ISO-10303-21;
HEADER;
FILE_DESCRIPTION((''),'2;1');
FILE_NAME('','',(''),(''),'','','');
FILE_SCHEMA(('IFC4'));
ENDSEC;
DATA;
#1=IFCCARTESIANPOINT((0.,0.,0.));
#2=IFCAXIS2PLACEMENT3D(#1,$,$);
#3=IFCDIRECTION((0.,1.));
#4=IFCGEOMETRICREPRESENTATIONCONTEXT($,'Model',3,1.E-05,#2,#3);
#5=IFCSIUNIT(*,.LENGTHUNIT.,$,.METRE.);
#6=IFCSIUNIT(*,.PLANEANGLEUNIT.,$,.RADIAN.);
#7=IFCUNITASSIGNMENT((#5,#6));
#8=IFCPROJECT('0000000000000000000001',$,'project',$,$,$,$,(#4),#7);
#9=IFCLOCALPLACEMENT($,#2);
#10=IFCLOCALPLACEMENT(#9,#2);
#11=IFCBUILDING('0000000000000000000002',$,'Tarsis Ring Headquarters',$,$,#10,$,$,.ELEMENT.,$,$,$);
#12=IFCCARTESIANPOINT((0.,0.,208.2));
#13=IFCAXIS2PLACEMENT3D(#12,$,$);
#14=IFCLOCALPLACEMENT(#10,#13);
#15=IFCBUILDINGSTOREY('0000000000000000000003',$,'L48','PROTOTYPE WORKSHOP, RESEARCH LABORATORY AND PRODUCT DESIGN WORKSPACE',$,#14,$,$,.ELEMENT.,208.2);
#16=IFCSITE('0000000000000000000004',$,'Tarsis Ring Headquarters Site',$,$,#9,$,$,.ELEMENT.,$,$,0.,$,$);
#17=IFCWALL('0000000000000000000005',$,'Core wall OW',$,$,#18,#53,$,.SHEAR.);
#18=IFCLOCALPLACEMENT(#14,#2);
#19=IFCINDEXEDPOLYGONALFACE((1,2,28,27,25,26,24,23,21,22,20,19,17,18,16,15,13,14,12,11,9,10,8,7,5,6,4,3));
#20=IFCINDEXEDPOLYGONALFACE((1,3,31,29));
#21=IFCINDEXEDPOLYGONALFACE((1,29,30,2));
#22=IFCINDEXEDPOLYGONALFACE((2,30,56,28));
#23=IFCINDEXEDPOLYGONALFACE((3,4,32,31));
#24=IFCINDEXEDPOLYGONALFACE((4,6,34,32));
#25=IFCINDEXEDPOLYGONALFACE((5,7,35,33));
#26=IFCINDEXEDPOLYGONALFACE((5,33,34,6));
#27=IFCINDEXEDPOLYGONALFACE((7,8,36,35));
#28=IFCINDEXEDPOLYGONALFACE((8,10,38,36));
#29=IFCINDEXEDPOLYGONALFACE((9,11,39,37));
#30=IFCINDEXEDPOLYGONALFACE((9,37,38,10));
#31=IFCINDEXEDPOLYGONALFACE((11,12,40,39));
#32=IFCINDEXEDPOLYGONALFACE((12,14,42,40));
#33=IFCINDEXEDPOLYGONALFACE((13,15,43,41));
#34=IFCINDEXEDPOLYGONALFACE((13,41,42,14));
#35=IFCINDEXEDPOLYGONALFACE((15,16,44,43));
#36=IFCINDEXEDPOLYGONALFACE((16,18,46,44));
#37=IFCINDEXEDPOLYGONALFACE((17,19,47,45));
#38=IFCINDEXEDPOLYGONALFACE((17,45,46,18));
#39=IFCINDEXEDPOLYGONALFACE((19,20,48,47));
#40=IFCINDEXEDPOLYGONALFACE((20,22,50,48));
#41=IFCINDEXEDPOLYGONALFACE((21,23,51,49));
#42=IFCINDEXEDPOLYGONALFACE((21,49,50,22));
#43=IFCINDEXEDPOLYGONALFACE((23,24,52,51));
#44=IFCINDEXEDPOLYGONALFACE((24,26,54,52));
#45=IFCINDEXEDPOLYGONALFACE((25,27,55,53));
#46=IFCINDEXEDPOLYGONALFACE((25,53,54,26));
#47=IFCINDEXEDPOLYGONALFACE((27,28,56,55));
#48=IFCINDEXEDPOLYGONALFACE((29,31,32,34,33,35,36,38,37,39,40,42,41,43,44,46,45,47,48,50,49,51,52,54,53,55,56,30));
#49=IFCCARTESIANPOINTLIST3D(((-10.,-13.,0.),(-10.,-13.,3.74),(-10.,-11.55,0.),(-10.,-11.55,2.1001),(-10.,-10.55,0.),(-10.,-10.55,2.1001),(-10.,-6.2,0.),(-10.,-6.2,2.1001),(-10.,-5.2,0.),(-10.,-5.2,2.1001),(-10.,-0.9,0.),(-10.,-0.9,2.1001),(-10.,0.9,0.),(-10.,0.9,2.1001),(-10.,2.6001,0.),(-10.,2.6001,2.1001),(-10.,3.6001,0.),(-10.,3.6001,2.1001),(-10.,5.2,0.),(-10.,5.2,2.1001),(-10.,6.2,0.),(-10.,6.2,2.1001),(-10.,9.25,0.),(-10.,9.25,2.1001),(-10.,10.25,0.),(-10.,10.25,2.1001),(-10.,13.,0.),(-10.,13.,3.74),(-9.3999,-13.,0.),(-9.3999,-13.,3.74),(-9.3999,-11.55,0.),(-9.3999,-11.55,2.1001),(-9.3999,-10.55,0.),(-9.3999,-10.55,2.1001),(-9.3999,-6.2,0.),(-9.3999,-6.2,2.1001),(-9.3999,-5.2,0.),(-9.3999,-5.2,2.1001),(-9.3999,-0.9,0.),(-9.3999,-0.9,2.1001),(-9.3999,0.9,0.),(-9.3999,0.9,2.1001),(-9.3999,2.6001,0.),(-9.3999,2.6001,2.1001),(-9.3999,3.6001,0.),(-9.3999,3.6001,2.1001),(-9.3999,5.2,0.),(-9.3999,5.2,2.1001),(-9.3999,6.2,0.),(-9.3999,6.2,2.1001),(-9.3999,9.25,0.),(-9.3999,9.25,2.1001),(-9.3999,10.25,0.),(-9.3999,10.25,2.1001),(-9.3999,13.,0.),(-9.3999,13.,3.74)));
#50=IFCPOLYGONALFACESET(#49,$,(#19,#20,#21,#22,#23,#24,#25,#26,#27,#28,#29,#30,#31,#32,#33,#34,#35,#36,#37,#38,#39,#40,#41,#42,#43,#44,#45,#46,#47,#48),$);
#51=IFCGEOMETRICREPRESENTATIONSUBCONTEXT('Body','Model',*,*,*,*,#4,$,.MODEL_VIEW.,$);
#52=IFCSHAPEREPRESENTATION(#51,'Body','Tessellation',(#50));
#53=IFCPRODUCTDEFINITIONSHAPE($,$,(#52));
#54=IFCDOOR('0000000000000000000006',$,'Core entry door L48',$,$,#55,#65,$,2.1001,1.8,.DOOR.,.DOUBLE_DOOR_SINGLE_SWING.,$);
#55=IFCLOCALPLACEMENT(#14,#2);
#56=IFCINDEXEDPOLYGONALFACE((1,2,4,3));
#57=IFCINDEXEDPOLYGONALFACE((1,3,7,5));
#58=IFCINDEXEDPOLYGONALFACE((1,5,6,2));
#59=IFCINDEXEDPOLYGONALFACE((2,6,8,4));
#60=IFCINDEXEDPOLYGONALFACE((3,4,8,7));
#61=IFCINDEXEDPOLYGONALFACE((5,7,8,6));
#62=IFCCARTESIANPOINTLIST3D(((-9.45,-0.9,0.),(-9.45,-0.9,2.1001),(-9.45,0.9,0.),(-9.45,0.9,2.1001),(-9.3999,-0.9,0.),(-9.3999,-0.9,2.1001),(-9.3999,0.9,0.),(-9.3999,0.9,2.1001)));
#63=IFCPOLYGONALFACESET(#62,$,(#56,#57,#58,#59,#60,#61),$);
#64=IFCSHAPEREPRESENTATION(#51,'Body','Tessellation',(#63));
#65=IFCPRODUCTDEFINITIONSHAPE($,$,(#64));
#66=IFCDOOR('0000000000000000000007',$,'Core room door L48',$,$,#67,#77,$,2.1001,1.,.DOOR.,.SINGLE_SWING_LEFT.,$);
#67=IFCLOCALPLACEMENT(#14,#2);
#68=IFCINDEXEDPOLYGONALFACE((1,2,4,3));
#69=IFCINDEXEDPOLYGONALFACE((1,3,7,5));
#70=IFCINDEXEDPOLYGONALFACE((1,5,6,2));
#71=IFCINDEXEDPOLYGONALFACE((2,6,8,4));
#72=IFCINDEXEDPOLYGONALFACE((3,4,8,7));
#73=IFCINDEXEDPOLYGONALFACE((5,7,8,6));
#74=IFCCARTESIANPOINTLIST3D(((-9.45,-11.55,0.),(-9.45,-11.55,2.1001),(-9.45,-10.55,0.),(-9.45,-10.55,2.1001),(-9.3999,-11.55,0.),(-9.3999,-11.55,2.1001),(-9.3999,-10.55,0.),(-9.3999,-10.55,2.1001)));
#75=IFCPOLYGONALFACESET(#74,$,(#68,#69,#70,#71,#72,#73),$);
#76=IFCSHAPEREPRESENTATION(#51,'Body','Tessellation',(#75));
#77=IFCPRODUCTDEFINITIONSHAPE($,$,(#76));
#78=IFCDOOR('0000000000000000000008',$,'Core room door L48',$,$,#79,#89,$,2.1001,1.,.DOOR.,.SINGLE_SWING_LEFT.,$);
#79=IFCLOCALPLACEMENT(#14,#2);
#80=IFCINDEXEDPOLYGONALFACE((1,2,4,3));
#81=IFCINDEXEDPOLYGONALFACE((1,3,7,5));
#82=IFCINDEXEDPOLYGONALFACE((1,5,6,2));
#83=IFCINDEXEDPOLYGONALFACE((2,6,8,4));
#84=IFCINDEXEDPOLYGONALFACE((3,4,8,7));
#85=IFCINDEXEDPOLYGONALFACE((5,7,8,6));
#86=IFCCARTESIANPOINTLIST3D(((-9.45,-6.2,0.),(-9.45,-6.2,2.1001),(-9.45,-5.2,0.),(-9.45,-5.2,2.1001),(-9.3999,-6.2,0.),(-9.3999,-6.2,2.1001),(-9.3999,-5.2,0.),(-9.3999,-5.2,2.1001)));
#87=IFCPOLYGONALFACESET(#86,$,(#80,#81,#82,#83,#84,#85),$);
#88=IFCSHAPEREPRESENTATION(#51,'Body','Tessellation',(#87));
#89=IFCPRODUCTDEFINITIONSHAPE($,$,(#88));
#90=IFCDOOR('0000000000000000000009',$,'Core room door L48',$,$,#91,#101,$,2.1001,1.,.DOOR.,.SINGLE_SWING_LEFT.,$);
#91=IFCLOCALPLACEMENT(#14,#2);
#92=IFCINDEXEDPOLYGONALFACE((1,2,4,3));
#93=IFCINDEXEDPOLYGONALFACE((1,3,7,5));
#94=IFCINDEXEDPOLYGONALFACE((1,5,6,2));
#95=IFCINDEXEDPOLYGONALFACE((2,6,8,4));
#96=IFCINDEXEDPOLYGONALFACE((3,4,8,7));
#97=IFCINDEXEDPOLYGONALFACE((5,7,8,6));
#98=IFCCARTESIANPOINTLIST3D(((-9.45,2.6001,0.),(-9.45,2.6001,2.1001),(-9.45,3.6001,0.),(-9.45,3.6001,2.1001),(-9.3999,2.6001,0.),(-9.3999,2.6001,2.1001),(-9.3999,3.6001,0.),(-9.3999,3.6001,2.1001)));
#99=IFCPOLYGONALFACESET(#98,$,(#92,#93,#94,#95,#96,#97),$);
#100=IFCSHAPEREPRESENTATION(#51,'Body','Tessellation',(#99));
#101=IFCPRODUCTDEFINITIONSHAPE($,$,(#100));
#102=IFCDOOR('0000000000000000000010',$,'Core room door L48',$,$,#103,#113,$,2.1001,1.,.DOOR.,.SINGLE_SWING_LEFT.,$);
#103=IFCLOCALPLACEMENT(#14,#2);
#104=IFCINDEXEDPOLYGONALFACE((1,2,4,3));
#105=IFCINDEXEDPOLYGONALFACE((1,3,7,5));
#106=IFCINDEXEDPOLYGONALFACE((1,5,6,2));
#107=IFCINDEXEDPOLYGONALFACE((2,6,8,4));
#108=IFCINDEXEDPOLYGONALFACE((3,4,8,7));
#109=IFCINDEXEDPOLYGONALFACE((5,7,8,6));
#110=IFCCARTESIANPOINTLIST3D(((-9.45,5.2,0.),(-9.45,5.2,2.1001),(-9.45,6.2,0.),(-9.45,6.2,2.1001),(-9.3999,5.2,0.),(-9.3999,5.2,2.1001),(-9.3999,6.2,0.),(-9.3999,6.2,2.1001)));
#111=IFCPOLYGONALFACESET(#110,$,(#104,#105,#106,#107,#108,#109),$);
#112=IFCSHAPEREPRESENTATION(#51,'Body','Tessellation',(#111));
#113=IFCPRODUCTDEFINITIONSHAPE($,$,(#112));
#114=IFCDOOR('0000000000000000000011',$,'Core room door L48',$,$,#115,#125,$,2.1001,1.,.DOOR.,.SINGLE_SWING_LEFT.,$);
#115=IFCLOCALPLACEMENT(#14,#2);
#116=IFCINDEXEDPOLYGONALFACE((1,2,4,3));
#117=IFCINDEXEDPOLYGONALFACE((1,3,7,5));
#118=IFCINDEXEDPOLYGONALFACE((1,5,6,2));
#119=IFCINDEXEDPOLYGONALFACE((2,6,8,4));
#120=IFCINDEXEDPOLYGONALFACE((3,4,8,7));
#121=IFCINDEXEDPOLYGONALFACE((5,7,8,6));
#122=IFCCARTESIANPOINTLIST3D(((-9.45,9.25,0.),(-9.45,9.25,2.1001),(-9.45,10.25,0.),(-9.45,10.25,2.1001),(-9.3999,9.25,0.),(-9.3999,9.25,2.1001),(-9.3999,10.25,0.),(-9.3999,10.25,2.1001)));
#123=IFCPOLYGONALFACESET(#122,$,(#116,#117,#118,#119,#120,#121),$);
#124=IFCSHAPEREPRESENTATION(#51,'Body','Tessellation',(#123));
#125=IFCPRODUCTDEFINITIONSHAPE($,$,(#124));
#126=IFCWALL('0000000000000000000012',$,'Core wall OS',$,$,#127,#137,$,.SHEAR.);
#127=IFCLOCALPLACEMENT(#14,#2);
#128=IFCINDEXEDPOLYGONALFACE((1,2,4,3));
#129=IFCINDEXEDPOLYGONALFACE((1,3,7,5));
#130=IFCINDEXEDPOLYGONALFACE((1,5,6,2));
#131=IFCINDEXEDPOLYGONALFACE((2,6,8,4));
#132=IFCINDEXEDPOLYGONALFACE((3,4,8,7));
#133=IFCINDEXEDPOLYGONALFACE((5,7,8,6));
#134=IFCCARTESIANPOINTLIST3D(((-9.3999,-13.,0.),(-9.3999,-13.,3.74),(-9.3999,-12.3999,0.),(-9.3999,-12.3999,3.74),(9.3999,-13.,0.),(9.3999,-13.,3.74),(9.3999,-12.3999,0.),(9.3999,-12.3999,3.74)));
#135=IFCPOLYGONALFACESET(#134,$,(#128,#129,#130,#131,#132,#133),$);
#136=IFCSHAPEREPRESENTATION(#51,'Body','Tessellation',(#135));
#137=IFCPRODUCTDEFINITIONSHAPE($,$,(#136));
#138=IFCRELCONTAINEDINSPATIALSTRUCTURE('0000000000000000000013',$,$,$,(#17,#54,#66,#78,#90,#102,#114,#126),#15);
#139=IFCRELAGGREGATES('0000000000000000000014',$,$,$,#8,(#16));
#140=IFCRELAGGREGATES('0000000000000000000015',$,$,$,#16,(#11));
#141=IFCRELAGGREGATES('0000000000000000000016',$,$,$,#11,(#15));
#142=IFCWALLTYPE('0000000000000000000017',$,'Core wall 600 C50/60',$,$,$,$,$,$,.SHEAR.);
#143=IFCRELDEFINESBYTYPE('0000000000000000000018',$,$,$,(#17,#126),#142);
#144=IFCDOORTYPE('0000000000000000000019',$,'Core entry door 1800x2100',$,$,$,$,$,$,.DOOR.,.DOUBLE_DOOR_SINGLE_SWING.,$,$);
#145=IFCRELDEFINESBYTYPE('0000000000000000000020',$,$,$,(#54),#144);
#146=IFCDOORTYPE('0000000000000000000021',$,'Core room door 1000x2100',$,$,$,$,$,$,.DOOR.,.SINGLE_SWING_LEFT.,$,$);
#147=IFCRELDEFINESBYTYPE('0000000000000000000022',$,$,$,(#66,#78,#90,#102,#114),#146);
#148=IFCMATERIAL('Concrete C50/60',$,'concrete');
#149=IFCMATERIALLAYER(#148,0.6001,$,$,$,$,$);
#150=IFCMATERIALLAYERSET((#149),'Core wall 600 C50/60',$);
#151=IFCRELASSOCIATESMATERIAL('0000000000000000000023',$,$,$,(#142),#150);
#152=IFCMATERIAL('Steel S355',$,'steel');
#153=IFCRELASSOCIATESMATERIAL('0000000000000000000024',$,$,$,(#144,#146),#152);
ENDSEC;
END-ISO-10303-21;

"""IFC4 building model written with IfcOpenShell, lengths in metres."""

from ifc_helpers import new_model, si_unit, direction, frame, frame_2d, origin, place, context, subcontext, project, spatial, rectangle, extrude, material, layer, layer_set, type_object, element, fill, save


model = new_model("IFC4")

# Units and contexts
model_context = context("Model", 3, precision=1e-05, world=origin(), true_north=direction((0.0, 1.0)))
body_context = subcontext(model_context, "Body", "Model", "MODEL_VIEW")
ifc_project = project(units=[si_unit("LENGTHUNIT", "METRE"), si_unit("PLANEANGLEUNIT", "RADIAN")], contexts=[model_context])

# Site, building, storey
site_placement = place(None, origin())
site = spatial("IfcSite", under=ifc_project, at=site_placement, Name="Tarsis Ring Headquarters Site", CompositionType="ELEMENT", RefElevation=0.0)
building_placement = place(site_placement, origin())
building = spatial("IfcBuilding", under=site, at=building_placement, Name="Tarsis Ring Headquarters", CompositionType="ELEMENT")
storey_placement = place(building_placement, frame((0.0, 0.0, 208.2)))
storey = spatial("IfcBuildingStorey", under=building, at=storey_placement, Name="L48", Description="PROTOTYPE WORKSHOP, RESEARCH LABORATORY AND PRODUCT DESIGN WORKSPACE", CompositionType="ELEMENT", Elevation=208.2)

# Wall, openings, doors
ifc_material_1 = material(Name="Concrete C50/60", Category="concrete")
ifc_layer_1 = layer(ifc_material_1, 0.6001)
ifc_layer_set_1 = layer_set([ifc_layer_1], Name="Core wall 600 C50/60")
wall_type_1 = type_object("IfcWallType", Name="Core wall 600 C50/60", PredefinedType="SHEAR", material=ifc_layer_set_1)
wall_1_placement = place(storey_placement, frame((-9.7, -13.0, 0.0), z_axis=(0.0, 0.0, 1.0), x_axis=(0.0, 1.0, 0.0)))
wall_1 = element("IfcWall", 1, at=wall_1_placement, inside=storey, type_object=wall_type_1, Name="Core wall OW", PredefinedType="SHEAR", context=body_context, shape_type="SweptSolid", body=[
    extrude(rectangle(XDim=26.0, YDim=0.6001, at=frame_2d((13.0, 0.0))), origin(), (0.0, 0.0, 1.0), 3.74),
])
opening_1_placement = place(wall_1_placement, frame((1.45, 0.0, 0.0)))
opening_1 = element("IfcOpeningElement", 2, at=opening_1_placement, cuts=wall_1, PredefinedType="OPENING", context=body_context, shape_type="SweptSolid", body=[
    extrude(rectangle(XDim=1.0, YDim=2.1001, at=frame_2d((0.5, 1.05))), frame((0.0, 0.3101, 0.0), z_axis=(0.0, -1.0, 0.0), x_axis=(1.0, 0.0, 0.0)), (0.0, 0.0, 1.0), 0.6201),
])
opening_2_placement = place(wall_1_placement, frame((6.8, 0.0, 0.0)))
opening_2 = element("IfcOpeningElement", 3, at=opening_2_placement, cuts=wall_1, PredefinedType="OPENING", context=body_context, shape_type="SweptSolid", body=[
    extrude(rectangle(XDim=1.0, YDim=2.1001, at=frame_2d((0.5, 1.05))), frame((0.0, 0.3101, 0.0), z_axis=(0.0, -1.0, 0.0), x_axis=(1.0, 0.0, 0.0)), (0.0, 0.0, 1.0), 0.6201),
])
opening_3_placement = place(wall_1_placement, frame((12.1001, 0.0, 0.0)))
opening_3 = element("IfcOpeningElement", 4, at=opening_3_placement, cuts=wall_1, PredefinedType="OPENING", context=body_context, shape_type="SweptSolid", body=[
    extrude(rectangle(XDim=1.8, YDim=2.1001, at=frame_2d((0.8999, 1.05))), frame((0.0, 0.3101, 0.0), z_axis=(0.0, -1.0, 0.0), x_axis=(1.0, 0.0, 0.0)), (0.0, 0.0, 1.0), 0.6201),
])
opening_4_placement = place(wall_1_placement, frame((15.6001, 0.0, 0.0)))
opening_4 = element("IfcOpeningElement", 5, at=opening_4_placement, cuts=wall_1, PredefinedType="OPENING", context=body_context, shape_type="SweptSolid", body=[
    extrude(rectangle(XDim=1.0, YDim=2.1001, at=frame_2d((0.5, 1.05))), frame((0.0, 0.3101, 0.0), z_axis=(0.0, -1.0, 0.0), x_axis=(1.0, 0.0, 0.0)), (0.0, 0.0, 1.0), 0.6201),
])
opening_5_placement = place(wall_1_placement, frame((18.2, 0.0, 0.0)))
opening_5 = element("IfcOpeningElement", 6, at=opening_5_placement, cuts=wall_1, PredefinedType="OPENING", context=body_context, shape_type="SweptSolid", body=[
    extrude(rectangle(XDim=1.0, YDim=2.1001, at=frame_2d((0.5, 1.05))), frame((0.0, 0.3101, 0.0), z_axis=(0.0, -1.0, 0.0), x_axis=(1.0, 0.0, 0.0)), (0.0, 0.0, 1.0), 0.6201),
])
opening_6_placement = place(wall_1_placement, frame((22.25, 0.0, 0.0)))
opening_6 = element("IfcOpeningElement", 7, at=opening_6_placement, cuts=wall_1, PredefinedType="OPENING", context=body_context, shape_type="SweptSolid", body=[
    extrude(rectangle(XDim=1.0, YDim=2.1001, at=frame_2d((0.5, 1.05))), frame((0.0, 0.3101, 0.0), z_axis=(0.0, -1.0, 0.0), x_axis=(1.0, 0.0, 0.0)), (0.0, 0.0, 1.0), 0.6201),
])
ifc_material_2 = material(Name="Steel S355", Category="steel")
door_type_1 = type_object("IfcDoorType", Name="Core entry door 1800x2100", OperationType="DOUBLE_DOOR_SINGLE_SWING", PredefinedType="DOOR", material=ifc_material_2)
door_1_placement = place(opening_3_placement, origin())
door_1 = element("IfcDoor", 8, at=door_1_placement, inside=storey, type_object=door_type_1, Name="Core entry door L48", OperationType="DOUBLE_DOOR_SINGLE_SWING", OverallHeight=2.1001, OverallWidth=1.8, PredefinedType="DOOR", context=body_context, shape_type="SweptSolid", body=[
    extrude(rectangle(XDim=1.8, YDim=2.1001, at=frame_2d((0.8999, 1.05))), frame((0.0, -0.25, 0.0), z_axis=(0.0, -1.0, 0.0), x_axis=(1.0, 0.0, 0.0)), (0.0, 0.0, 1.0), 0.05),
])
fill(opening_3, door_1)
door_type_2 = type_object("IfcDoorType", Name="Core room door 1000x2100", OperationType="SINGLE_SWING_LEFT", PredefinedType="DOOR", material=ifc_material_2)
door_2_placement = place(opening_1_placement, origin())
door_2 = element("IfcDoor", 9, at=door_2_placement, inside=storey, type_object=door_type_2, Name="Core room door L48", OperationType="SINGLE_SWING_LEFT", OverallHeight=2.1001, OverallWidth=1.0, PredefinedType="DOOR", context=body_context, shape_type="SweptSolid", body=[
    extrude(rectangle(XDim=1.0, YDim=2.1001, at=frame_2d((0.5, 1.05))), frame((0.0, -0.25, 0.0), z_axis=(0.0, -1.0, 0.0), x_axis=(1.0, 0.0, 0.0)), (0.0, 0.0, 1.0), 0.05),
])
fill(opening_1, door_2)
door_3_placement = place(opening_2_placement, origin())
door_3 = element("IfcDoor", 10, at=door_3_placement, inside=storey, type_object=door_type_2, Name="Core room door L48", OperationType="SINGLE_SWING_LEFT", OverallHeight=2.1001, OverallWidth=1.0, PredefinedType="DOOR", context=body_context, shape_type="SweptSolid", body=[
    extrude(rectangle(XDim=1.0, YDim=2.1001, at=frame_2d((0.5, 1.05))), frame((0.0, -0.25, 0.0), z_axis=(0.0, -1.0, 0.0), x_axis=(1.0, 0.0, 0.0)), (0.0, 0.0, 1.0), 0.05),
])
fill(opening_2, door_3)
door_4_placement = place(opening_4_placement, origin())
door_4 = element("IfcDoor", 11, at=door_4_placement, inside=storey, type_object=door_type_2, Name="Core room door L48", OperationType="SINGLE_SWING_LEFT", OverallHeight=2.1001, OverallWidth=1.0, PredefinedType="DOOR", context=body_context, shape_type="SweptSolid", body=[
    extrude(rectangle(XDim=1.0, YDim=2.1001, at=frame_2d((0.5, 1.05))), frame((0.0, -0.25, 0.0), z_axis=(0.0, -1.0, 0.0), x_axis=(1.0, 0.0, 0.0)), (0.0, 0.0, 1.0), 0.05),
])
fill(opening_4, door_4)
door_5_placement = place(opening_5_placement, origin())
door_5 = element("IfcDoor", 12, at=door_5_placement, inside=storey, type_object=door_type_2, Name="Core room door L48", OperationType="SINGLE_SWING_LEFT", OverallHeight=2.1001, OverallWidth=1.0, PredefinedType="DOOR", context=body_context, shape_type="SweptSolid", body=[
    extrude(rectangle(XDim=1.0, YDim=2.1001, at=frame_2d((0.5, 1.05))), frame((0.0, -0.25, 0.0), z_axis=(0.0, -1.0, 0.0), x_axis=(1.0, 0.0, 0.0)), (0.0, 0.0, 1.0), 0.05),
])
fill(opening_5, door_5)
door_6_placement = place(opening_6_placement, origin())
door_6 = element("IfcDoor", 13, at=door_6_placement, inside=storey, type_object=door_type_2, Name="Core room door L48", OperationType="SINGLE_SWING_LEFT", OverallHeight=2.1001, OverallWidth=1.0, PredefinedType="DOOR", context=body_context, shape_type="SweptSolid", body=[
    extrude(rectangle(XDim=1.0, YDim=2.1001, at=frame_2d((0.5, 1.05))), frame((0.0, -0.25, 0.0), z_axis=(0.0, -1.0, 0.0), x_axis=(1.0, 0.0, 0.0)), (0.0, 0.0, 1.0), 0.05),
])
fill(opening_6, door_6)

# Wall
wall_2_placement = place(storey_placement, frame((-9.3999, -12.7, 0.0), z_axis=(0.0, 0.0, 1.0), x_axis=(1.0, 0.0, 0.0)))
element("IfcWall", 14, at=wall_2_placement, inside=storey, type_object=wall_type_1, Name="Core wall OS", PredefinedType="SHEAR", context=body_context, shape_type="SweptSolid", body=[
    extrude(rectangle(XDim=18.7998, YDim=0.6001, at=frame_2d((9.3999, 0.0))), origin(), (0.0, 0.0, 1.0), 3.74),
])

save(model, "model.ifc")
